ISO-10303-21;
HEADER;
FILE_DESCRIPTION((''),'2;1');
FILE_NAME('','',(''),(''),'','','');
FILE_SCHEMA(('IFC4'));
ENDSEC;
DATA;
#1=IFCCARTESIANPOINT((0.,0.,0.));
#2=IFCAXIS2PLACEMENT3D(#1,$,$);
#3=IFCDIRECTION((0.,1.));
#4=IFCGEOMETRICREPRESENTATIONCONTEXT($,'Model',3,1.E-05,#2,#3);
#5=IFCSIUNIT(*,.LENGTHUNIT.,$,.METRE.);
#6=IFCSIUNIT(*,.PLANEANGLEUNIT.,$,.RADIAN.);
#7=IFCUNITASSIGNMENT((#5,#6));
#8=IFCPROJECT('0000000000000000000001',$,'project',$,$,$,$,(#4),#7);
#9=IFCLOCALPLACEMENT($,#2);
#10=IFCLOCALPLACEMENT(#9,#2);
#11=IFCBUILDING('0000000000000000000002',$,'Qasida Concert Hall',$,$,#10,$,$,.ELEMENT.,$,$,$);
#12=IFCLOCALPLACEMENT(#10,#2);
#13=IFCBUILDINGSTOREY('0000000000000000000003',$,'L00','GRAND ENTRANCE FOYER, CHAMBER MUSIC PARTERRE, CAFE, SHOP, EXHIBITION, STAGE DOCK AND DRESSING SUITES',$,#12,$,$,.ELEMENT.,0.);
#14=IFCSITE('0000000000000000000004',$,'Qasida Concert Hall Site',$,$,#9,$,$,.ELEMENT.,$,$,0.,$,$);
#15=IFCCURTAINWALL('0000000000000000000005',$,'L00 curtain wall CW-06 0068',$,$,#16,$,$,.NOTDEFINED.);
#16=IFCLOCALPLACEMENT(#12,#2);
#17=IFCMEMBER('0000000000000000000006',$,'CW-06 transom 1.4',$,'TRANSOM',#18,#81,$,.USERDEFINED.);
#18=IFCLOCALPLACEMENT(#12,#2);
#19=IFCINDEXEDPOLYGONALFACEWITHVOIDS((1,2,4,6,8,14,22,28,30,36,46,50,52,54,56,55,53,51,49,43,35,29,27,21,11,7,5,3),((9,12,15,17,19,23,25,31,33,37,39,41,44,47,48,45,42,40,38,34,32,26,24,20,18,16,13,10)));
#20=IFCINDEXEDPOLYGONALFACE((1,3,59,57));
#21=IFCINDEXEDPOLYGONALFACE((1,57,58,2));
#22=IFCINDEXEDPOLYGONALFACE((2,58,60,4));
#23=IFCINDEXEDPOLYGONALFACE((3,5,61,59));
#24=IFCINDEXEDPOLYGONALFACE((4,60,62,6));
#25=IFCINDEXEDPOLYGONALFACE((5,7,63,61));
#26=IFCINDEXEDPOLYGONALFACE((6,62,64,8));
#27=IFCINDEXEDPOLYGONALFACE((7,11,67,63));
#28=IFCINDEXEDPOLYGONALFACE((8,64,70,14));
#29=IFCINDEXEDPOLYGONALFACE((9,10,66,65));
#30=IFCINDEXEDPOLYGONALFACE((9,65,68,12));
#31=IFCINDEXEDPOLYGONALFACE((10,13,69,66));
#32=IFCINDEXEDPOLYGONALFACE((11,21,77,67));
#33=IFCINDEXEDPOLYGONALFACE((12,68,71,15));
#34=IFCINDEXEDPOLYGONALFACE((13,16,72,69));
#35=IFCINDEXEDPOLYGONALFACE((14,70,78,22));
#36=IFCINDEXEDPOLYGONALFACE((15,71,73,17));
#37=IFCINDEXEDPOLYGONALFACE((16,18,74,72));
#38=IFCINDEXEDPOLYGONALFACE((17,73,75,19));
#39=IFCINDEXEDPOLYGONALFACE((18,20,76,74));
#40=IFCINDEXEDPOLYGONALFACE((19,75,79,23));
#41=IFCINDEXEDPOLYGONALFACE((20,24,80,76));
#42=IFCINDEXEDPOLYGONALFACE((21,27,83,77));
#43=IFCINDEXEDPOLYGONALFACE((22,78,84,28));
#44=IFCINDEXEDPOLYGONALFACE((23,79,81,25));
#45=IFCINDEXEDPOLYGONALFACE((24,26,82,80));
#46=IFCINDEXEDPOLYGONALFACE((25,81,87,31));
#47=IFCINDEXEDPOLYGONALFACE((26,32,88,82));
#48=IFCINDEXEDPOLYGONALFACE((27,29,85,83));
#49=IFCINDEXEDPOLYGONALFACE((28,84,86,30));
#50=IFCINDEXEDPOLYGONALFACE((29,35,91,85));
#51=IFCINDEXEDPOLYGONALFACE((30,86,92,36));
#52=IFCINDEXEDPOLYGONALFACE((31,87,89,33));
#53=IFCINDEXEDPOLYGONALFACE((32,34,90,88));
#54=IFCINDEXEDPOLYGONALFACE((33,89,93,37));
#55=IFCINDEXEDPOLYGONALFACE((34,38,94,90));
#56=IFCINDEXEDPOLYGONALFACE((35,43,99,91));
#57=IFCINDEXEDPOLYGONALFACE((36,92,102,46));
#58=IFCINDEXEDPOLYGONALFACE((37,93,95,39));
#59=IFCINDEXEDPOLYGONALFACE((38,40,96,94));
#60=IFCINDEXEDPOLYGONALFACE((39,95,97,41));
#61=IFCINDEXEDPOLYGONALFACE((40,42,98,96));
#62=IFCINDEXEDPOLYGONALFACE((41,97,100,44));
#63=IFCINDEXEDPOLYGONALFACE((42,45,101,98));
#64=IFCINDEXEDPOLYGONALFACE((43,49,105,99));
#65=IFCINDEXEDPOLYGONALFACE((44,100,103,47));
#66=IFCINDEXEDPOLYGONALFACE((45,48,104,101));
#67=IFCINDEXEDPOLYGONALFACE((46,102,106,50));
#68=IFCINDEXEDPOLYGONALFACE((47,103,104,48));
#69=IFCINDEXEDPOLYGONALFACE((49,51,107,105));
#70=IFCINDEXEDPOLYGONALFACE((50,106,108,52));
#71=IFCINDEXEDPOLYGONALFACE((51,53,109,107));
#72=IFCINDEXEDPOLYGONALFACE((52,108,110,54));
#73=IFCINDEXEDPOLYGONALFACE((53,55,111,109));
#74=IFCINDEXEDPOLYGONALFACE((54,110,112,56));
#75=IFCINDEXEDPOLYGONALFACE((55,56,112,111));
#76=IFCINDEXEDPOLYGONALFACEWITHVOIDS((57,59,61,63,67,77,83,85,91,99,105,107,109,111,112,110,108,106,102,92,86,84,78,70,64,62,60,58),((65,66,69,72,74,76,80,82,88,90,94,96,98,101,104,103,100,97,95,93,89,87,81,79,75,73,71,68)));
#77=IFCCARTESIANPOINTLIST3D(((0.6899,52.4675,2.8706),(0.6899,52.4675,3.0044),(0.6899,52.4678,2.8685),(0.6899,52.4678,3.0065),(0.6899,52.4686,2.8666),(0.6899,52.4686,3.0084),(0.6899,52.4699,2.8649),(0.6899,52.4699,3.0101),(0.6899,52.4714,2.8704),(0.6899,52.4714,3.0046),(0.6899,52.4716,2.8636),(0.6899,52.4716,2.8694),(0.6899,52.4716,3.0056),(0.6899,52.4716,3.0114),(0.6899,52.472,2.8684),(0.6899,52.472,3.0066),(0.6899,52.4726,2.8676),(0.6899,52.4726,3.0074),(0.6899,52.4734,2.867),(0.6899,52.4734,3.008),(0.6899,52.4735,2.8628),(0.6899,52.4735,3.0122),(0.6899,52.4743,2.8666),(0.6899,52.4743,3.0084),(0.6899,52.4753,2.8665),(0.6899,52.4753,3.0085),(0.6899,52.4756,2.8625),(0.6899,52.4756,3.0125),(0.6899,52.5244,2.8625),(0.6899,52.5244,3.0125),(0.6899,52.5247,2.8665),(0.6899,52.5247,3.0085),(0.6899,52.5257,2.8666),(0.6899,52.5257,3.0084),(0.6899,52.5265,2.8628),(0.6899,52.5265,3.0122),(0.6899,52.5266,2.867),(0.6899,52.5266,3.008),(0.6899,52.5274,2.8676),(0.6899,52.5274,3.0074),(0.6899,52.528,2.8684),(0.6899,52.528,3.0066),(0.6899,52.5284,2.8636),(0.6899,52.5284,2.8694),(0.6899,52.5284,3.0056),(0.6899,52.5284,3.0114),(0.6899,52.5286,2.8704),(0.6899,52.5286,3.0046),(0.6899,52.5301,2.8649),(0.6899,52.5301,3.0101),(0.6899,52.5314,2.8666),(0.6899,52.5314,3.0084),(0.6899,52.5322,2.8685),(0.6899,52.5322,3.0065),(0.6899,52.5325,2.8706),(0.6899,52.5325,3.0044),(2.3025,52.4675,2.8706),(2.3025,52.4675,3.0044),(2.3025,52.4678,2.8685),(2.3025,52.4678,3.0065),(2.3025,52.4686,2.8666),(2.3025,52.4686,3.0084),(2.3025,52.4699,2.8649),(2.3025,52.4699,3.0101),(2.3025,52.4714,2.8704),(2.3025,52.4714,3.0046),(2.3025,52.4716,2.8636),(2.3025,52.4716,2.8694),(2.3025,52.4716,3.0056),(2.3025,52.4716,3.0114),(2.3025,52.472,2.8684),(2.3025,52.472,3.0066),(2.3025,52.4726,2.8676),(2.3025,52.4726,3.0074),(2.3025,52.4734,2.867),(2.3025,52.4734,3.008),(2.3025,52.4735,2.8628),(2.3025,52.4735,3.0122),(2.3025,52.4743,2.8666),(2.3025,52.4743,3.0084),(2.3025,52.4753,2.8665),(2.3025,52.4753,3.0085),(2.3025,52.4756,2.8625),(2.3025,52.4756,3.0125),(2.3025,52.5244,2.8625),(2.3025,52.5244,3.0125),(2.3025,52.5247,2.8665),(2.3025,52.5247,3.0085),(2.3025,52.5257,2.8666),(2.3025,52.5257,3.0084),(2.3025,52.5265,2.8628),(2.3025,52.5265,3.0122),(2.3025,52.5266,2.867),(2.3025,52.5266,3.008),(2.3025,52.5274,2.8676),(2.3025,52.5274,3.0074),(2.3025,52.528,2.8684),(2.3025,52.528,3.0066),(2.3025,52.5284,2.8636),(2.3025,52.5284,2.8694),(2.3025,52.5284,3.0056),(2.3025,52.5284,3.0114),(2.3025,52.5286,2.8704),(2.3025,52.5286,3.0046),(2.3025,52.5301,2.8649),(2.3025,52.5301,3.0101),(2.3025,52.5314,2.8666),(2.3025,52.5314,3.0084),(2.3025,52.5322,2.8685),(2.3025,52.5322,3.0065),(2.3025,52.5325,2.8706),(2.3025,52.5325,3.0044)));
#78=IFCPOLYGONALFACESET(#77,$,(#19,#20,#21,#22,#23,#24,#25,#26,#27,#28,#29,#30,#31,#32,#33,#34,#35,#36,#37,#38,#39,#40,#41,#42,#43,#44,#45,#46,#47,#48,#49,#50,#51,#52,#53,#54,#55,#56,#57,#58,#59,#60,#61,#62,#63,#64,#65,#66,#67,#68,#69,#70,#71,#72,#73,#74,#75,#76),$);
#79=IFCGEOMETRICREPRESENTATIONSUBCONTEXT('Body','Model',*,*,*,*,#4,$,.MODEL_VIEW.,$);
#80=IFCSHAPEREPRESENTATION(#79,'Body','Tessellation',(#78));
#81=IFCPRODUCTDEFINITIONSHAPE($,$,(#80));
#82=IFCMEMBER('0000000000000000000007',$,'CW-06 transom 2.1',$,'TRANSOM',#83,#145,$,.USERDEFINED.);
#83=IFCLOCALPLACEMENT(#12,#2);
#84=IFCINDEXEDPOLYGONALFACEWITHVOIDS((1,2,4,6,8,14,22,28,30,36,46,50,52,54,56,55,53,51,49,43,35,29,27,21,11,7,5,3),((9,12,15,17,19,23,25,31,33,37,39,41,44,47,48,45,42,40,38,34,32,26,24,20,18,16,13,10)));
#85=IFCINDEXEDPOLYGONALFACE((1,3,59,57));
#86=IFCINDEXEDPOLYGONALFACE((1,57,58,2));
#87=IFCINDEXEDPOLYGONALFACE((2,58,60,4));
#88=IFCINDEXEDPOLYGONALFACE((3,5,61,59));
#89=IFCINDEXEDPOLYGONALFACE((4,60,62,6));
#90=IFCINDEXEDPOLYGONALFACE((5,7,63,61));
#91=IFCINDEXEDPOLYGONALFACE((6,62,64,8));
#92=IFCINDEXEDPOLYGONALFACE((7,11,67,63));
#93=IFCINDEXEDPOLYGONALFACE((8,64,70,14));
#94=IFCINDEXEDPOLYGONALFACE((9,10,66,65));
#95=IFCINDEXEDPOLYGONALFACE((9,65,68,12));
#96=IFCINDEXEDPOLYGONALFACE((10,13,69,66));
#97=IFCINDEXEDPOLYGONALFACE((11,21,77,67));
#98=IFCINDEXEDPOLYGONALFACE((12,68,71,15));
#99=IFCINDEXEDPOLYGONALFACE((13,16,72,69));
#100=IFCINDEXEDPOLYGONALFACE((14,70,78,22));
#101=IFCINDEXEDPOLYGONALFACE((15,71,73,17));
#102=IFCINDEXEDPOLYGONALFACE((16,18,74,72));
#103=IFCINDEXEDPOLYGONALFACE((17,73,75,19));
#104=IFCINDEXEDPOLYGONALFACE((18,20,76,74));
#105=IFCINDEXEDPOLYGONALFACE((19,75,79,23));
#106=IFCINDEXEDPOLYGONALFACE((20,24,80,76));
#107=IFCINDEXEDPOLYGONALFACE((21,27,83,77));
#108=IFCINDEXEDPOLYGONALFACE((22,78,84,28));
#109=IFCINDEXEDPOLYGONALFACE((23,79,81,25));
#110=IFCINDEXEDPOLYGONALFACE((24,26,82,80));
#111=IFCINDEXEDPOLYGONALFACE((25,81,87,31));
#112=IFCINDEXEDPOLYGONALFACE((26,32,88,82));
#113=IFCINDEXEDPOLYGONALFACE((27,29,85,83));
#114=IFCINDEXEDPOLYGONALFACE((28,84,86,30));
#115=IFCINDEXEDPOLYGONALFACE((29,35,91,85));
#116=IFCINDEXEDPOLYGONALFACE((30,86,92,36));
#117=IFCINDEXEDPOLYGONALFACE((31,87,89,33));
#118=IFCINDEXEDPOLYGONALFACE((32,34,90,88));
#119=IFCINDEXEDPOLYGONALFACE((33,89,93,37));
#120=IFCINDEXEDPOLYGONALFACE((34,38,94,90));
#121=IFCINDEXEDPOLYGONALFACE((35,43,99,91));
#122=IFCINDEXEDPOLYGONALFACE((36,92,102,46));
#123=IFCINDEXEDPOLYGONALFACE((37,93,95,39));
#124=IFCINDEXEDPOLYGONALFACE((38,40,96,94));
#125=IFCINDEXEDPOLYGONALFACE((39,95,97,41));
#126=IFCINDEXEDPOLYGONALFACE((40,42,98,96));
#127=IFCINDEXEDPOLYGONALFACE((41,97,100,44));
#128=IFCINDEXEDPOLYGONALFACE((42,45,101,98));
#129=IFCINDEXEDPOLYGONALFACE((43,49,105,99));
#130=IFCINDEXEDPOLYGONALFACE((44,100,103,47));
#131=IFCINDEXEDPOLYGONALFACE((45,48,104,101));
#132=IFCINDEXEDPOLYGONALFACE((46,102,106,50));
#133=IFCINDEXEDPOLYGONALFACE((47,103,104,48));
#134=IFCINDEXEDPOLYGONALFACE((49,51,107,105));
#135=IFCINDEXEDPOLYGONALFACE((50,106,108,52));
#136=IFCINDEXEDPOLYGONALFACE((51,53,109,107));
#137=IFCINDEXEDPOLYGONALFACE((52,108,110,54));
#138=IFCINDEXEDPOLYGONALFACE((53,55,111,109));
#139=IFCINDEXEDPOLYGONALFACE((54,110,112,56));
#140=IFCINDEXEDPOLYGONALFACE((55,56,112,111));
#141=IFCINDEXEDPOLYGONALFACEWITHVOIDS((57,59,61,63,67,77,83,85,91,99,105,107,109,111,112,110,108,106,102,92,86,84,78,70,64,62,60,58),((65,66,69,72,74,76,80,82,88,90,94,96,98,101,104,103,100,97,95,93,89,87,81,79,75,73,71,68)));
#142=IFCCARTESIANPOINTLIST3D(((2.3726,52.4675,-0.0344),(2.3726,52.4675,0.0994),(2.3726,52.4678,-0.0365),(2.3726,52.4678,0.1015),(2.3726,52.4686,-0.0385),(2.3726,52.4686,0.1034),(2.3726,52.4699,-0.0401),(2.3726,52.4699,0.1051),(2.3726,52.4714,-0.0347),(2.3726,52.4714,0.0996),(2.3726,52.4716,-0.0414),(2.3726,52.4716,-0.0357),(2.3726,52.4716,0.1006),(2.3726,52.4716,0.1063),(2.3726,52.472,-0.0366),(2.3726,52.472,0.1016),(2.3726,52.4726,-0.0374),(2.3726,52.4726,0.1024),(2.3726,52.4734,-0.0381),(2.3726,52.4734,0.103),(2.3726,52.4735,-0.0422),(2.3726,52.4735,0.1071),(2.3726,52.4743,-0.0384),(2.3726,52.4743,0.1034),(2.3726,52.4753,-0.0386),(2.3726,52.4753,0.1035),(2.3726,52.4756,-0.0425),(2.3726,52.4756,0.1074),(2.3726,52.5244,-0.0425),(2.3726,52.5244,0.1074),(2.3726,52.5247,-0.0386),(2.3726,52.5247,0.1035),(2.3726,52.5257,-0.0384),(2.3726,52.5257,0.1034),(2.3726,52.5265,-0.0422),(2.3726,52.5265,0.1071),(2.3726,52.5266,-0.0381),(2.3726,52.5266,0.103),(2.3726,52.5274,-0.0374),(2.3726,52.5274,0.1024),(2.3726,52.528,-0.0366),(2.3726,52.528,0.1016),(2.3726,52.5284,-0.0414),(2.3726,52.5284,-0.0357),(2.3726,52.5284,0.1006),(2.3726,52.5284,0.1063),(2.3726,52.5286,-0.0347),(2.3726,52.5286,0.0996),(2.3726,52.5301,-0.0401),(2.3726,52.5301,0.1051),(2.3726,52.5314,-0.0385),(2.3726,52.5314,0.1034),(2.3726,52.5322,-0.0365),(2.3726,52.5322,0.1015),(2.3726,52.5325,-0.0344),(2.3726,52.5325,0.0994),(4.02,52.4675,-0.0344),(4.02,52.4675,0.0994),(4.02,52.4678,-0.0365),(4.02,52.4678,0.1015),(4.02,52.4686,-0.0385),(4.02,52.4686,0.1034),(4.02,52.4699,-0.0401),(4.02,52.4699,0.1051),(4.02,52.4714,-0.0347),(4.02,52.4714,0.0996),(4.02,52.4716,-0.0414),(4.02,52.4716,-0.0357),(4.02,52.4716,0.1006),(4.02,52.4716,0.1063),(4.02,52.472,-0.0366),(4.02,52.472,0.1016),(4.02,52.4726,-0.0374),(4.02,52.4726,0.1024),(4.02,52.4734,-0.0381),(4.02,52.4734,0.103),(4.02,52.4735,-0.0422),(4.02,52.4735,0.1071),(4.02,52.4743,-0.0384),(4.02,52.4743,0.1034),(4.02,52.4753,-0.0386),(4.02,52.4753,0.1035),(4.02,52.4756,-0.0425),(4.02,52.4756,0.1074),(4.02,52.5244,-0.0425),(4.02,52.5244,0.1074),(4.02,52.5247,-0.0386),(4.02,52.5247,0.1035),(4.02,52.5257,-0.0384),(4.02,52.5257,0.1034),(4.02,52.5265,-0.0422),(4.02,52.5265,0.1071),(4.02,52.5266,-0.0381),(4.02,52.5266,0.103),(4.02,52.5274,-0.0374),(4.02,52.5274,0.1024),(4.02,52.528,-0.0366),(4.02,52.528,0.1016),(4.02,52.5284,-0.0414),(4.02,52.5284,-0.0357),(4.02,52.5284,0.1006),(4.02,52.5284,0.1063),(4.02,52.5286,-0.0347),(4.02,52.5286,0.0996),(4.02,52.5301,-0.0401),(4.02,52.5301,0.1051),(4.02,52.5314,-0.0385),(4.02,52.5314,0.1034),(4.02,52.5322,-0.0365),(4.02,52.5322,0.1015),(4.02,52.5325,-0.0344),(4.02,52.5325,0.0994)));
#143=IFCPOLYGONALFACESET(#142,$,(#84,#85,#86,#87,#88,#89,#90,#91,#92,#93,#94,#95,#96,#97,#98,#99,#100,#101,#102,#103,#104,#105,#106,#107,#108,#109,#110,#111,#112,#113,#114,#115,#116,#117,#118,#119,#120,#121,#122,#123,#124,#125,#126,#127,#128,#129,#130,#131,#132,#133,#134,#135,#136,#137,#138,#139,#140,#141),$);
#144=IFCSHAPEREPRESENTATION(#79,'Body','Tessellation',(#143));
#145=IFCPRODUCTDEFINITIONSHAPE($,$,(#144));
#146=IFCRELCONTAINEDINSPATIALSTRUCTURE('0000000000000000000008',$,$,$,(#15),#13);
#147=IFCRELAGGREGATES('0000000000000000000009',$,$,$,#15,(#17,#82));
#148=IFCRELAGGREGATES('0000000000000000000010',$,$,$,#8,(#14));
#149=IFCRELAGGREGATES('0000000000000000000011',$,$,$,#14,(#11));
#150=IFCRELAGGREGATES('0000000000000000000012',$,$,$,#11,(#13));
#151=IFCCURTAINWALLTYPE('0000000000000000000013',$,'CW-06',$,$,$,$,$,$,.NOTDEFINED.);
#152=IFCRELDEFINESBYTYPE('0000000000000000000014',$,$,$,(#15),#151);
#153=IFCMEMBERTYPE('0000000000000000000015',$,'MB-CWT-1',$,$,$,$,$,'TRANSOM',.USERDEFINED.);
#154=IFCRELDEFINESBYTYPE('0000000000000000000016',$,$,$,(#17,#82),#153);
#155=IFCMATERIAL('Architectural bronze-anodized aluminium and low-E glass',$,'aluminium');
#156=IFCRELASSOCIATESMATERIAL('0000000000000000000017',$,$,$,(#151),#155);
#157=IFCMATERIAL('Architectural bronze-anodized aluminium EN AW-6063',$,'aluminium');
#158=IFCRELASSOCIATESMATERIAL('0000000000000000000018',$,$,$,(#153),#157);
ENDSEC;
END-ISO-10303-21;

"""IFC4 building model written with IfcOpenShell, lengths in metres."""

from ifc_helpers import new_model, si_unit, direction, frame, origin, origin_2d, place, context, subcontext, project, spatial, hollow_rectangle, extrude, material, material_profile, profile_set, type_object, element, aggregate, save


model = new_model("IFC4")

# Units and contexts
model_context = context("Model", 3, precision=1e-05, world=origin(), true_north=direction((0.0, 1.0)))
body_context = subcontext(model_context, "Body", "Model", "MODEL_VIEW")
ifc_project = project(units=[si_unit("LENGTHUNIT", "METRE"), si_unit("PLANEANGLEUNIT", "RADIAN")], contexts=[model_context])

# Site, building, storey
site_placement = place(None, origin())
site = spatial("IfcSite", under=ifc_project, at=site_placement, Name="Qasida Concert Hall Site", CompositionType="ELEMENT", RefElevation=0.0)
building_placement = place(site_placement, origin())
building = spatial("IfcBuilding", under=site, at=building_placement, Name="Qasida Concert Hall", CompositionType="ELEMENT")
storey_placement = place(building_placement, origin())
storey = spatial("IfcBuildingStorey", under=building, at=storey_placement, Name="L00", Description="GRAND ENTRANCE FOYER, CHAMBER MUSIC PARTERRE, CAFE, SHOP, EXHIBITION, STAGE DOCK AND DRESSING SUITES", CompositionType="ELEMENT", Elevation=0.0)

# Curtain wall, members
ifc_material_1 = material(Name="Architectural bronze-anodized aluminium and low-E glass", Category="aluminium")
curtain_wall_type = type_object("IfcCurtainWallType", Name="CW-06", PredefinedType="NOTDEFINED", material=ifc_material_1)
curtain_wall_placement = place(storey_placement, origin())
curtain_wall = element("IfcCurtainWall", 1, at=curtain_wall_placement, inside=storey, type_object=curtain_wall_type, Name="L00 curtain wall CW-06 0068", PredefinedType="NOTDEFINED")
ifc_material_2 = material(Name="Architectural bronze-anodized aluminium EN AW-6063", Category="aluminium")
ifc_material_profile_1 = material_profile(ifc_material_2, hollow_rectangle(XDim=0.0649, YDim=0.1499, WallThickness=0.0039, InnerFilletRadius=0.0039, OuterFilletRadius=0.0081, at=origin_2d()), Name="CWT 150x65x4")
ifc_profile_set_1 = profile_set([ifc_material_profile_1], Name="Architectural bronze-anodized aluminium EN AW-6063")
member_type_1 = type_object("IfcMemberType", Name="MB-CWT-1", ElementType="TRANSOM", PredefinedType="USERDEFINED", material=ifc_profile_set_1)
member_1_placement = place(storey_placement, frame((0.6899, 52.5, 2.9375), z_axis=(1.0, 0.0, 0.0), x_axis=(0.0, 1.0, 0.0)))
member_1 = element("IfcMember", 2, at=member_1_placement, type_object=member_type_1, Name="CW-06 transom 1.4", ObjectType="TRANSOM", PredefinedType="USERDEFINED", context=body_context, shape_type="SweptSolid", body=[
    extrude(hollow_rectangle(XDim=0.0649, YDim=0.1499, WallThickness=0.0039, InnerFilletRadius=0.0039, OuterFilletRadius=0.0081, at=origin_2d()), origin(), (0.0, 0.0, 1.0), 1.6125),
])
member_2_placement = place(storey_placement, frame((2.3726, 52.5, 0.0325), z_axis=(1.0, 0.0, 0.0), x_axis=(0.0, 1.0, 0.0)))
member_2 = element("IfcMember", 3, at=member_2_placement, type_object=member_type_1, Name="CW-06 transom 2.1", ObjectType="TRANSOM", PredefinedType="USERDEFINED", context=body_context, shape_type="SweptSolid", body=[
    extrude(hollow_rectangle(XDim=0.0649, YDim=0.1499, WallThickness=0.0039, InnerFilletRadius=0.0039, OuterFilletRadius=0.0081, at=origin_2d()), origin(), (0.0, 0.0, 1.0), 1.6475),
])
aggregate(curtain_wall, [member_1, member_2])

save(model, "model.ifc")
